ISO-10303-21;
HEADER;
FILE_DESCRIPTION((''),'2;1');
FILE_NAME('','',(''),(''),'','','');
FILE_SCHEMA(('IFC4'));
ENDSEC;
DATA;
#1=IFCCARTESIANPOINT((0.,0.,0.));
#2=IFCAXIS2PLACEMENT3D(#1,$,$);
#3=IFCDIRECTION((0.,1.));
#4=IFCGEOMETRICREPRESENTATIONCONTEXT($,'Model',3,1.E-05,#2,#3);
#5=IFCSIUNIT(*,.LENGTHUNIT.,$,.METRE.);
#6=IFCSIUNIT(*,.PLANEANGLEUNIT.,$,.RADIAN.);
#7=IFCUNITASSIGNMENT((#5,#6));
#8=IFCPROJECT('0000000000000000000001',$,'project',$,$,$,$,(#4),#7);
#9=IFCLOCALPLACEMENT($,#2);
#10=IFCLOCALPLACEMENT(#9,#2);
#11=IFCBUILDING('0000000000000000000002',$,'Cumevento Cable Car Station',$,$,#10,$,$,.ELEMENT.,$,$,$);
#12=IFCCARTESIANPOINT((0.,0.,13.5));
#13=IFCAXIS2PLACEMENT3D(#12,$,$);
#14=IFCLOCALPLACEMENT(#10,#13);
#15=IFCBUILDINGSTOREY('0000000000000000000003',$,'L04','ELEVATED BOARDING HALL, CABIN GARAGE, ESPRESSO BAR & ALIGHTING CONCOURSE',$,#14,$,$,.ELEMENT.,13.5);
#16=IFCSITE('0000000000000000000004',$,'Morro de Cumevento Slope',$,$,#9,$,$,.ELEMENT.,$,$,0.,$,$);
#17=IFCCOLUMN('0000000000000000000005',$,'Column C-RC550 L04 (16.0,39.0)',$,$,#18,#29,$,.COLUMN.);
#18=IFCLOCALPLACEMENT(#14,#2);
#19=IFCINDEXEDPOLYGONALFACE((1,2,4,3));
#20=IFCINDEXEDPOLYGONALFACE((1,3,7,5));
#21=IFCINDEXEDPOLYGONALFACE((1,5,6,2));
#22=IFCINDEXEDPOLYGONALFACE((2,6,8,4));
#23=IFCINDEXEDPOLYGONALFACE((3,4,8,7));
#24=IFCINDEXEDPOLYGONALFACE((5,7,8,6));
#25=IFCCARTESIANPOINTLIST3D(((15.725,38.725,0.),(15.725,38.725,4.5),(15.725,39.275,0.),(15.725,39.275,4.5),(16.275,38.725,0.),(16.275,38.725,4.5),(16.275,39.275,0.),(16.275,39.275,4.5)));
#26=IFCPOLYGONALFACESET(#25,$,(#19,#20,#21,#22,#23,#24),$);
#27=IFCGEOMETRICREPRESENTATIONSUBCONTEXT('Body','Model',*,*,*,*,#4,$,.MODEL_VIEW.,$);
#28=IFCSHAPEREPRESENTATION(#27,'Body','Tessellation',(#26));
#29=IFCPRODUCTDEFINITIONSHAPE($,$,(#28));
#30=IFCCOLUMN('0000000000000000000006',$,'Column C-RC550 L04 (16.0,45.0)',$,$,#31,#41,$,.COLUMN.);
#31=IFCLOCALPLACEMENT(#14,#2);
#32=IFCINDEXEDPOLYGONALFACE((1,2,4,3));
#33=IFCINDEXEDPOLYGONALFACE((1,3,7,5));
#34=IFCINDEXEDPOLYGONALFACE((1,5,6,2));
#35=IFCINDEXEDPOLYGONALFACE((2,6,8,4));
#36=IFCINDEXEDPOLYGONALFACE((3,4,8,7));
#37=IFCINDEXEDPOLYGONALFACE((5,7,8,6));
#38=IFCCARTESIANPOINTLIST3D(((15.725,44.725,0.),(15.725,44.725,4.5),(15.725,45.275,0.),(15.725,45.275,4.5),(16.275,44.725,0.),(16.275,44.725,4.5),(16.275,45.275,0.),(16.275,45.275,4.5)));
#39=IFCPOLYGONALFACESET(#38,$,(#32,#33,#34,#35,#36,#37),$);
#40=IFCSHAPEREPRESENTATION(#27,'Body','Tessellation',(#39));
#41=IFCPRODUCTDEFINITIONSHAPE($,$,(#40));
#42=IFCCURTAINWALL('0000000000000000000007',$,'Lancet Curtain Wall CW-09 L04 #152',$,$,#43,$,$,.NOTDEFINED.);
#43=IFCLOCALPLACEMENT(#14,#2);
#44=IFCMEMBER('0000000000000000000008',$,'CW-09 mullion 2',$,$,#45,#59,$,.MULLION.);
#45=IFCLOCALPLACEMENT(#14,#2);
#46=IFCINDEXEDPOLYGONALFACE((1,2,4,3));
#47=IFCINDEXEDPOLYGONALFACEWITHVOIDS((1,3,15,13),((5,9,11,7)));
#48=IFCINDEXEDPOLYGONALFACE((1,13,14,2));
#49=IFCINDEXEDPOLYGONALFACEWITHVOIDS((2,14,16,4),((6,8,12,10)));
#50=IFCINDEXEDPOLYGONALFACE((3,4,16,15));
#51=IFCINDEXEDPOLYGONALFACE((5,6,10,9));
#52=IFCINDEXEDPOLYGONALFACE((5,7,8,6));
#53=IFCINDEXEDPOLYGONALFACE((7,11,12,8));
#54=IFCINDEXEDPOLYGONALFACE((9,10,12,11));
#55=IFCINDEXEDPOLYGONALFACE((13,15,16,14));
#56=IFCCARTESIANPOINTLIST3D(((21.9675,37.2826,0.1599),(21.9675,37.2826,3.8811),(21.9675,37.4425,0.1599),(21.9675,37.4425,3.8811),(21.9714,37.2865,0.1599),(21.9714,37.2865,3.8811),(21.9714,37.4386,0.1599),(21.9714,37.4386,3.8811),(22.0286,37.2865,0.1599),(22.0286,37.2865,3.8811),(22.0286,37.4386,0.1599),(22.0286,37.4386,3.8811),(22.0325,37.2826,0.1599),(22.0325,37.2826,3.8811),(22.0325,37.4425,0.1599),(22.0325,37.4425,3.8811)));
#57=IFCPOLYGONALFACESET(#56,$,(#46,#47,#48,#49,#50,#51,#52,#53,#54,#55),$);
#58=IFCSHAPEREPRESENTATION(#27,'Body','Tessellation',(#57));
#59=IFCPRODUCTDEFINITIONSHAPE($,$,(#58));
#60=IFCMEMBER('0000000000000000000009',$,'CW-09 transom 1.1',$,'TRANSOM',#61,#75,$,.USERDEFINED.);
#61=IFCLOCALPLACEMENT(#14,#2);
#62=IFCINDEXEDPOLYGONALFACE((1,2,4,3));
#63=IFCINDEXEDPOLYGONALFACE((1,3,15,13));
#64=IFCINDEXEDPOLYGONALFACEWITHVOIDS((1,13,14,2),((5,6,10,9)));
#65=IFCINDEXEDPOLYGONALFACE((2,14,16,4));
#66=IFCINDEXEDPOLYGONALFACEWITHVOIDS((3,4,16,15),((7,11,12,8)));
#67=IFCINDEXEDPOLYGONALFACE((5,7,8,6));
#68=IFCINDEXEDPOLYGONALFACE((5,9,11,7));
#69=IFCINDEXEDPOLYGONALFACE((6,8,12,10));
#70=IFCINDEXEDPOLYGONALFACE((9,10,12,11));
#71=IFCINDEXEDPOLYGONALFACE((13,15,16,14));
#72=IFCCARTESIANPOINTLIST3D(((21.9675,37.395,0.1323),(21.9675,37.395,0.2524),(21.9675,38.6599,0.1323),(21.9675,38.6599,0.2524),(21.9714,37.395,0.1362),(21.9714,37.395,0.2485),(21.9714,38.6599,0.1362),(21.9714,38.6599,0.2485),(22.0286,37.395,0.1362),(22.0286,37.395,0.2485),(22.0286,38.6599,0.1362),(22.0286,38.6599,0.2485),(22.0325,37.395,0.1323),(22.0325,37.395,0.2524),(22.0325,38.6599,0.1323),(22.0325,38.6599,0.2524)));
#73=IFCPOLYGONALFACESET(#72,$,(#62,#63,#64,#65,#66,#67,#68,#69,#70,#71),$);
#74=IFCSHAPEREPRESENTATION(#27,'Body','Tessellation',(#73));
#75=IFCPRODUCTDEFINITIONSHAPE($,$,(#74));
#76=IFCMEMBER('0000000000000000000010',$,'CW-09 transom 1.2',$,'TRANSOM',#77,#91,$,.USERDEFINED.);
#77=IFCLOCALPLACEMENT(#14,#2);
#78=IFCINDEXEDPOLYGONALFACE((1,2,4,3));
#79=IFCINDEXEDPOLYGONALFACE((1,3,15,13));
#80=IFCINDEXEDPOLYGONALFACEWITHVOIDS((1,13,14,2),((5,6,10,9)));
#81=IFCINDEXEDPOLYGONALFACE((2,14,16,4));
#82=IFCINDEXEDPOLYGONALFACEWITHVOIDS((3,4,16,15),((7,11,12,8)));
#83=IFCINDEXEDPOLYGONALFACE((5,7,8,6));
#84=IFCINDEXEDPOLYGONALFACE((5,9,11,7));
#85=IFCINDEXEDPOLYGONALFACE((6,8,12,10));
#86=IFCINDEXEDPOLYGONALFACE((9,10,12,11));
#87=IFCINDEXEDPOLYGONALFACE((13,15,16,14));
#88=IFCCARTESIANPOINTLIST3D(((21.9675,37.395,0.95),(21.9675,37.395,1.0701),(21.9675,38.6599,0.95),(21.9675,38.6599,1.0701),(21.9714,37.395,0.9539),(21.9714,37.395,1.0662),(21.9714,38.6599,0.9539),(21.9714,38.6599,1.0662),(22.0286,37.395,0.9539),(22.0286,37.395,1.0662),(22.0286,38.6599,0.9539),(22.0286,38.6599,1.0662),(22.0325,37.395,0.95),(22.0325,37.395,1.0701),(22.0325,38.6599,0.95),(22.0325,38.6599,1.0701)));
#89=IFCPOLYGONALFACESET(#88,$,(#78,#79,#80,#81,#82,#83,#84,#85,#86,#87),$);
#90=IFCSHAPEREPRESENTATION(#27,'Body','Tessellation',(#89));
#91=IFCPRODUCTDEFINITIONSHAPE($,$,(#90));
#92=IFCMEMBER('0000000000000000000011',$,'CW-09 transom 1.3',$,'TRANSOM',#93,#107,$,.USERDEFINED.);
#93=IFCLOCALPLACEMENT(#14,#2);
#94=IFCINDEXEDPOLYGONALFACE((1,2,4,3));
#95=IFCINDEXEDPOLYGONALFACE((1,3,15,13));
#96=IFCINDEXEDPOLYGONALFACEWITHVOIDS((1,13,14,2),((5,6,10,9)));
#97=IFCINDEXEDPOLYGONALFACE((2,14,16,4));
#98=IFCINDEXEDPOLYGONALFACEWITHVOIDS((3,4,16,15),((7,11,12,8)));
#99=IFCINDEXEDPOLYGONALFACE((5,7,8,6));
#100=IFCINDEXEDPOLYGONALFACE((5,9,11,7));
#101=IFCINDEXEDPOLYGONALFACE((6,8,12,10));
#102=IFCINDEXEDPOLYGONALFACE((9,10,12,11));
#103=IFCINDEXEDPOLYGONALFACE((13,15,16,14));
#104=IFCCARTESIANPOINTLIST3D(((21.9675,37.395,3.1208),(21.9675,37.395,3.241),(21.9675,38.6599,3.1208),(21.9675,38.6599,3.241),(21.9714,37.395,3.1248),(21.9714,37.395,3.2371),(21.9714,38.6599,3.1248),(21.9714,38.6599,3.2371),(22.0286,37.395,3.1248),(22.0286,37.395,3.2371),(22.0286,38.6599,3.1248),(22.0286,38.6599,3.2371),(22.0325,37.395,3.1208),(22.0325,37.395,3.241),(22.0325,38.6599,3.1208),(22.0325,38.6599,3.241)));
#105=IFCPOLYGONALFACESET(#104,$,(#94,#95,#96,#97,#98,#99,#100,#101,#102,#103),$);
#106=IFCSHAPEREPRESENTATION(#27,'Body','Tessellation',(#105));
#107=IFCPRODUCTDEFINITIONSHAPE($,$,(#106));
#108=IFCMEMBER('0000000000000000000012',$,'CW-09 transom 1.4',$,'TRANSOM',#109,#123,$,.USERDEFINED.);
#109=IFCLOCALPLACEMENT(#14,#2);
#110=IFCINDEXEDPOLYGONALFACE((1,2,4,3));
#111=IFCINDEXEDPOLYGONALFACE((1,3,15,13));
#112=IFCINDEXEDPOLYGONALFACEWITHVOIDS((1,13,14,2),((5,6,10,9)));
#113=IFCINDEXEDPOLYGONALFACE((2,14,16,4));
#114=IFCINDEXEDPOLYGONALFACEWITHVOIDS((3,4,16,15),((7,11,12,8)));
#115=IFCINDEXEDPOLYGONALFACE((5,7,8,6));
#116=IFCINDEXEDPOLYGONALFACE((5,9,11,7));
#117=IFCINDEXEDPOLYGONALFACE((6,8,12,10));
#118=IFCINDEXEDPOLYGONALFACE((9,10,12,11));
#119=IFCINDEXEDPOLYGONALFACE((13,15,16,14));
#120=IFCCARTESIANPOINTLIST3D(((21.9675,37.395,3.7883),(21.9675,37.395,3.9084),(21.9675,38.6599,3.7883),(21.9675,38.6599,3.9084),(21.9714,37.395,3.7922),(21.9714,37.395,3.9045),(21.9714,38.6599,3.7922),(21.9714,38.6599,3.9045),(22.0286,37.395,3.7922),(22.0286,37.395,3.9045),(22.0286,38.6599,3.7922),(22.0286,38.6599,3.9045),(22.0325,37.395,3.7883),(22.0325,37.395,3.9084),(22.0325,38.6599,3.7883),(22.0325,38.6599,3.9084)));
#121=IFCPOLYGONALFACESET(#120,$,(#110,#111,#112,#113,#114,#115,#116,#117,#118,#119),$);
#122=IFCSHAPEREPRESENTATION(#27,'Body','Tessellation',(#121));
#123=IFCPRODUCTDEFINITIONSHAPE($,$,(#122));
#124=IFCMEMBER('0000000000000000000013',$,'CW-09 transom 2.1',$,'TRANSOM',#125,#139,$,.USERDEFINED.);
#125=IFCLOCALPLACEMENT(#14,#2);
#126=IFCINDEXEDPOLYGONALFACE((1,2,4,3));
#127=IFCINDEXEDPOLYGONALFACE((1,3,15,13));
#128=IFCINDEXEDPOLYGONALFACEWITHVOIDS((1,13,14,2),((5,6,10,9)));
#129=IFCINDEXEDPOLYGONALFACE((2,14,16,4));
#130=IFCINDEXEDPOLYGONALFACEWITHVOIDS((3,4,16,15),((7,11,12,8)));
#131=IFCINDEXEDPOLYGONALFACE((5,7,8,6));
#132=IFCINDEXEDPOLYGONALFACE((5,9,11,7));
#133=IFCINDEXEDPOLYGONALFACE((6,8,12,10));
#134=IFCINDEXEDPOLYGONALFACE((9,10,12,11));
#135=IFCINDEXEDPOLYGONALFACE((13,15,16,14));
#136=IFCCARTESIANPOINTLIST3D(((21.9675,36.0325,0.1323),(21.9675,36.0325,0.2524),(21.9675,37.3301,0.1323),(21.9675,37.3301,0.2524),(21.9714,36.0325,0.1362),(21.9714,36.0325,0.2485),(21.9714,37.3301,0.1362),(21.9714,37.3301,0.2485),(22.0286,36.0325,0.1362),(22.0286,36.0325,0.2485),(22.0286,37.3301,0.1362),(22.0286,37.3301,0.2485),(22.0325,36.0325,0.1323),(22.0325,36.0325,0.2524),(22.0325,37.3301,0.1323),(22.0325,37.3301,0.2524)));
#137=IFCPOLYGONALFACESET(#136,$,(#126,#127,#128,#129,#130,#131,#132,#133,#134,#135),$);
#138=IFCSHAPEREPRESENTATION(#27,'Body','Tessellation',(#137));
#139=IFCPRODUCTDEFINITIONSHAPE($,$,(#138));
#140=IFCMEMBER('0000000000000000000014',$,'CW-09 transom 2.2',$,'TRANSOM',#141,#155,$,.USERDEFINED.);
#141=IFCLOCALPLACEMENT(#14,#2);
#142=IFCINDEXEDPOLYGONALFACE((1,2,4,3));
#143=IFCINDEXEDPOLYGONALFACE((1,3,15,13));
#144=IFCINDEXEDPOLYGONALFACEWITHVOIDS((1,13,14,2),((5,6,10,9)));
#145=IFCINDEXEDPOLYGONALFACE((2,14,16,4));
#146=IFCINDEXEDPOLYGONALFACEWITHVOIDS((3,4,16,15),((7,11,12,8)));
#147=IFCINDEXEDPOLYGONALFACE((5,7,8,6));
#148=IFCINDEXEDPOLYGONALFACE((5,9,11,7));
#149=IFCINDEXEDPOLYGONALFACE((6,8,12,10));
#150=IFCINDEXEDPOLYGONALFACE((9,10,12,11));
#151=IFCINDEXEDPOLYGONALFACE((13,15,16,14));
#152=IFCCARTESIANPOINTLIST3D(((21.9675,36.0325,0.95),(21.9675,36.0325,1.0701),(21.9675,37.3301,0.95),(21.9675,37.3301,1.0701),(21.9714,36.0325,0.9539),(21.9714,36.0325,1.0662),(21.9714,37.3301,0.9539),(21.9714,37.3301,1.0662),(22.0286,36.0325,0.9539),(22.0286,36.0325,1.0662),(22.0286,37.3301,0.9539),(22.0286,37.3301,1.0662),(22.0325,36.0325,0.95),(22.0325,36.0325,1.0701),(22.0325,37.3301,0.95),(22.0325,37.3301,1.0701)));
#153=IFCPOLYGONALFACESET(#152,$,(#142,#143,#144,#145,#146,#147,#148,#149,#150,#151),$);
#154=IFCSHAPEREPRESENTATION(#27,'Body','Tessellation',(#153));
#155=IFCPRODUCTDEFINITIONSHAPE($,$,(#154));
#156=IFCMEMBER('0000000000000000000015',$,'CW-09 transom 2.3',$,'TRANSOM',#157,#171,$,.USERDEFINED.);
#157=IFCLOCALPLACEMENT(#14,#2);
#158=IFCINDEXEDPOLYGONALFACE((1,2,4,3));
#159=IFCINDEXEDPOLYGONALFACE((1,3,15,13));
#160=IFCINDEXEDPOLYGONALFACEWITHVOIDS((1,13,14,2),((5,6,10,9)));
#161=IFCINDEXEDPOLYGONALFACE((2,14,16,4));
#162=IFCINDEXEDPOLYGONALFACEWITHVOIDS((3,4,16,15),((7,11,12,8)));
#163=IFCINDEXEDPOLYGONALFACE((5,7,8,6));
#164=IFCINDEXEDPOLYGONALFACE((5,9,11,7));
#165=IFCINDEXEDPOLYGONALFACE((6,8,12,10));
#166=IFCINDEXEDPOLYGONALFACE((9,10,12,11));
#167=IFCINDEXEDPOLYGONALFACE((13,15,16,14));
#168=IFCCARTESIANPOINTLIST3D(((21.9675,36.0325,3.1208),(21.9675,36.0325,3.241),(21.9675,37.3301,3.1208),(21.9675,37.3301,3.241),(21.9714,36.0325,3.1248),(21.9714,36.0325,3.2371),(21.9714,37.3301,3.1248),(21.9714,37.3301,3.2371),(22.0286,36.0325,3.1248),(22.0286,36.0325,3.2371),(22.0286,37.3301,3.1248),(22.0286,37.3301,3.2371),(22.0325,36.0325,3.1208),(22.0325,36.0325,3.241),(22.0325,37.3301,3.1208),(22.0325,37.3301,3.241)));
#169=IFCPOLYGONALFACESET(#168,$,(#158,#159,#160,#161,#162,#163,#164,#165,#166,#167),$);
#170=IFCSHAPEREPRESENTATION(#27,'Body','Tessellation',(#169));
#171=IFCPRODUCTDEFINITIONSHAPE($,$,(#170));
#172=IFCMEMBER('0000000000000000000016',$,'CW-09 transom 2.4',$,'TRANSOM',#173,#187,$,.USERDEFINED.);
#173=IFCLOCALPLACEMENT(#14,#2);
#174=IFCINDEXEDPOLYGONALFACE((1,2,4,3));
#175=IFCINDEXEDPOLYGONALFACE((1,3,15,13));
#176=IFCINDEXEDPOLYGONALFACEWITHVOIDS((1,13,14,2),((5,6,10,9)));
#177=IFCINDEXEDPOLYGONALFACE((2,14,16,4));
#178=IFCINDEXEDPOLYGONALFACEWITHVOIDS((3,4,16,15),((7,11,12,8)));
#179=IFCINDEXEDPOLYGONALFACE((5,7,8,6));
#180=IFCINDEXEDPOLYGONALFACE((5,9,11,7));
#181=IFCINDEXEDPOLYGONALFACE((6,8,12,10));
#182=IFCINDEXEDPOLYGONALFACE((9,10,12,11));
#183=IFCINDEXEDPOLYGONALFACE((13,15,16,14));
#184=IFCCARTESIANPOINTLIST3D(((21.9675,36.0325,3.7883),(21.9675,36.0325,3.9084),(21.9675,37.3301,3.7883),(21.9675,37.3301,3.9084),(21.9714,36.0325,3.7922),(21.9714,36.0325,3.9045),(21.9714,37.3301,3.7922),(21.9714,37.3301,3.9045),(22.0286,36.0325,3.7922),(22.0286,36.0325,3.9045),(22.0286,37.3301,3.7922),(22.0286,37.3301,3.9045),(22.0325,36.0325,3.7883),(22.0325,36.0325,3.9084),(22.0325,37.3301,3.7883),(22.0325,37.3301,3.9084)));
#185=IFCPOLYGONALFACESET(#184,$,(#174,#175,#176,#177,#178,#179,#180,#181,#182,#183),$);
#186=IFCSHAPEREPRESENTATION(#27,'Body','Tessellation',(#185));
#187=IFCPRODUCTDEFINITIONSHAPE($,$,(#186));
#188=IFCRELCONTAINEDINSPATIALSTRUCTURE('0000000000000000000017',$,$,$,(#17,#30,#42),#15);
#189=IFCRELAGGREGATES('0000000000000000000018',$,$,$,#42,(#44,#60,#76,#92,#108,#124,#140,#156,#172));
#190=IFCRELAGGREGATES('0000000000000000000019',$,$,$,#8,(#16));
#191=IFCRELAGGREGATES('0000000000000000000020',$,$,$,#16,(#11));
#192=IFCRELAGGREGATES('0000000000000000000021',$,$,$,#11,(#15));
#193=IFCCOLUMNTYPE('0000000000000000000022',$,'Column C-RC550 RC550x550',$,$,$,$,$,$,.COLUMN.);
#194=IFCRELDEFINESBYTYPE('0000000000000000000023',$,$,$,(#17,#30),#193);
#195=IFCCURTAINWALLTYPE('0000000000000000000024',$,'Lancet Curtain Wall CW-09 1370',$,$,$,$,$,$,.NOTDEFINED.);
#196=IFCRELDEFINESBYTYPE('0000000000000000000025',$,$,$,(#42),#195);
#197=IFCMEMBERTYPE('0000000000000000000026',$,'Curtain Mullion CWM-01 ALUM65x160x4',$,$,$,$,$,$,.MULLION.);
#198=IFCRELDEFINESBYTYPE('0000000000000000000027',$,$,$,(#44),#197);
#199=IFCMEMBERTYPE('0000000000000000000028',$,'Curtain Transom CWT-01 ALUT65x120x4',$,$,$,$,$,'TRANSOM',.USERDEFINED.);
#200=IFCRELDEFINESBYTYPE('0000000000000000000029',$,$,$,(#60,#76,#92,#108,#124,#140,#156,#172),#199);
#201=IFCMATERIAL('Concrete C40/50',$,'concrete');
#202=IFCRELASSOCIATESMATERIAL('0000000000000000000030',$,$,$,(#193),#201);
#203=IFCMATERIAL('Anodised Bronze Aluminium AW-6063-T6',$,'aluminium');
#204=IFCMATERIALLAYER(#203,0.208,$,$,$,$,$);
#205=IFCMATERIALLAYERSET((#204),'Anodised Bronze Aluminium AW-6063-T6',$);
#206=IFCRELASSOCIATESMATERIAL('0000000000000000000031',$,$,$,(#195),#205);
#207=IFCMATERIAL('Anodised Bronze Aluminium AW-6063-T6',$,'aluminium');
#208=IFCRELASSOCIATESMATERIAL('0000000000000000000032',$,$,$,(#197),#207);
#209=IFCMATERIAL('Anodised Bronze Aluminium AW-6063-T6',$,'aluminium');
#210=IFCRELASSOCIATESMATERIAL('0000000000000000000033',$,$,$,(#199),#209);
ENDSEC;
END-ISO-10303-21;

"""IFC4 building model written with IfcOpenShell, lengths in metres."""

from ifc_helpers import new_model, si_unit, direction, frame, origin, origin_2d, place, context, subcontext, project, spatial, rectangle, hollow_rectangle, extrude, material, layer, layer_set, material_profile, profile_set, type_object, element, aggregate, save


model = new_model("IFC4")

# Units and contexts
model_context = context("Model", 3, precision=1e-05, world=origin(), true_north=direction((0.0, 1.0)))
body_context = subcontext(model_context, "Body", "Model", "MODEL_VIEW")
ifc_project = project(units=[si_unit("LENGTHUNIT", "METRE"), si_unit("PLANEANGLEUNIT", "RADIAN")], contexts=[model_context])

# Site, building, storey
site_placement = place(None, origin())
site = spatial("IfcSite", under=ifc_project, at=site_placement, Name="Morro de Cumevento Slope", CompositionType="ELEMENT", RefElevation=0.0)
building_placement = place(site_placement, origin())
building = spatial("IfcBuilding", under=site, at=building_placement, Name="Cumevento Cable Car Station", CompositionType="ELEMENT")
storey_placement = place(building_placement, frame((0.0, 0.0, 13.5)))
storey = spatial("IfcBuildingStorey", under=building, at=storey_placement, Name="L04", Description="ELEVATED BOARDING HALL, CABIN GARAGE, ESPRESSO BAR & ALIGHTING CONCOURSE", CompositionType="ELEMENT", Elevation=13.5)

# Columns
ifc_material_1 = material(Name="Concrete C40/50", Category="concrete")
ifc_material_profile_1 = material_profile(ifc_material_1, rectangle(XDim=0.55, YDim=0.55, at=origin_2d()), Name="RC550x550")
ifc_profile_set_1 = profile_set([ifc_material_profile_1], Name="Concrete C40/50")
column_type = type_object("IfcColumnType", Name="Column C-RC550 RC550x550", PredefinedType="COLUMN", material=ifc_profile_set_1)
for number, where, z_axis, x_axis, name in (
    (1, (16.0, 39.0, 0.0), (0.0, 0.0, 1.0), (1.0, 0.0, 0.0), "Column C-RC550 L04 (16.0,39.0)"),
    (2, (16.0, 45.0, 0.0), (0.0, 0.0, 1.0), (1.0, 0.0, 0.0), "Column C-RC550 L04 (16.0,45.0)"),
):
    element("IfcColumn", number, at=place(storey_placement, frame(where, z_axis=z_axis, x_axis=x_axis)), inside=storey, type_object=column_type, Name=name, PredefinedType="COLUMN", context=body_context, shape_type="SweptSolid", body=[
        extrude(rectangle(XDim=0.55, YDim=0.55, at=origin_2d()), origin(), (0.0, 0.0, 1.0), 4.5),
    ])

# Curtain wall, members
ifc_material_2 = material(Name="Anodised Bronze Aluminium AW-6063-T6", Category="aluminium")
ifc_layer_1 = layer(ifc_material_2, 0.208)
ifc_layer_set_1 = layer_set([ifc_layer_1], Name="Anodised Bronze Aluminium AW-6063-T6")
curtain_wall_type = type_object("IfcCurtainWallType", Name="Lancet Curtain Wall CW-09 1370", PredefinedType="NOTDEFINED", material=ifc_layer_set_1)
curtain_wall_placement = place(storey_placement, origin())
curtain_wall = element("IfcCurtainWall", 3, at=curtain_wall_placement, inside=storey, type_object=curtain_wall_type, Name="Lancet Curtain Wall CW-09 L04 #152", PredefinedType="NOTDEFINED")
ifc_material_3 = material(Name="Anodised Bronze Aluminium AW-6063-T6", Category="aluminium")
ifc_material_profile_2 = material_profile(ifc_material_3, hollow_rectangle(XDim=0.0649, YDim=0.1599, WallThickness=0.0039, at=origin_2d()), Name="ALUM65x160x4")
ifc_profile_set_2 = profile_set([ifc_material_profile_2], Name="Anodised Bronze Aluminium AW-6063-T6")
member_type_1 = type_object("IfcMemberType", Name="Curtain Mullion CWM-01 ALUM65x160x4", PredefinedType="MULLION", material=ifc_profile_set_2)
member_1_placement = place(storey_placement, frame((22.0, 37.3625, 0.1599), z_axis=(0.0, 0.0, 1.0), x_axis=(1.0, 0.0, 0.0)))
member_1 = element("IfcMember", 4, at=member_1_placement, type_object=member_type_1, Name="CW-09 mullion 2", PredefinedType="MULLION", context=body_context, shape_type="SweptSolid", body=[
    extrude(hollow_rectangle(XDim=0.0649, YDim=0.1599, WallThickness=0.0039, at=origin_2d()), origin(), (0.0, 0.0, 1.0), 3.7212),
])
ifc_material_4 = material(Name="Anodised Bronze Aluminium AW-6063-T6", Category="aluminium")
ifc_material_profile_3 = material_profile(ifc_material_4, hollow_rectangle(XDim=0.0649, YDim=0.1201, WallThickness=0.0039, at=origin_2d()), Name="ALUT65x120x4")
ifc_profile_set_3 = profile_set([ifc_material_profile_3], Name="Anodised Bronze Aluminium AW-6063-T6")
member_type_2 = type_object("IfcMemberType", Name="Curtain Transom CWT-01 ALUT65x120x4", ElementType="TRANSOM", PredefinedType="USERDEFINED", material=ifc_profile_set_3)
member_2_placement = place(storey_placement, frame((22.0, 38.6599, 0.1924), z_axis=(0.0, -1.0, 0.0), x_axis=(1.0, 0.0, 0.0)))
member_2 = element("IfcMember", 5, at=member_2_placement, type_object=member_type_2, Name="CW-09 transom 1.1", ObjectType="TRANSOM", PredefinedType="USERDEFINED", context=body_context, shape_type="SweptSolid", body=[
    extrude(hollow_rectangle(XDim=0.0649, YDim=0.1201, WallThickness=0.0039, at=origin_2d()), origin(), (0.0, 0.0, 1.0), 1.2649),
])
member_3_placement = place(storey_placement, frame((22.0, 38.6599, 1.01), z_axis=(0.0, -1.0, 0.0), x_axis=(1.0, 0.0, 0.0)))
member_3 = element("IfcMember", 6, at=member_3_placement, type_object=member_type_2, Name="CW-09 transom 1.2", ObjectType="TRANSOM", PredefinedType="USERDEFINED", context=body_context, shape_type="SweptSolid", body=[
    extrude(hollow_rectangle(XDim=0.0649, YDim=0.1201, WallThickness=0.0039, at=origin_2d()), origin(), (0.0, 0.0, 1.0), 1.2649),
])
member_4_placement = place(storey_placement, frame((22.0, 38.6599, 3.1809), z_axis=(0.0, -1.0, 0.0), x_axis=(1.0, 0.0, 0.0)))
member_4 = element("IfcMember", 7, at=member_4_placement, type_object=member_type_2, Name="CW-09 transom 1.3", ObjectType="TRANSOM", PredefinedType="USERDEFINED", context=body_context, shape_type="SweptSolid", body=[
    extrude(hollow_rectangle(XDim=0.0649, YDim=0.1201, WallThickness=0.0039, at=origin_2d()), origin(), (0.0, 0.0, 1.0), 1.2649),
])
member_5_placement = place(storey_placement, frame((22.0, 38.6599, 3.8484), z_axis=(0.0, -1.0, 0.0), x_axis=(1.0, 0.0, 0.0)))
member_5 = element("IfcMember", 8, at=member_5_placement, type_object=member_type_2, Name="CW-09 transom 1.4", ObjectType="TRANSOM", PredefinedType="USERDEFINED", context=body_context, shape_type="SweptSolid", body=[
    extrude(hollow_rectangle(XDim=0.0649, YDim=0.1201, WallThickness=0.0039, at=origin_2d()), origin(), (0.0, 0.0, 1.0), 1.2649),
])
member_6_placement = place(storey_placement, frame((22.0, 37.3301, 0.1924), z_axis=(0.0, -1.0, 0.0), x_axis=(1.0, 0.0, 0.0)))
member_6 = element("IfcMember", 9, at=member_6_placement, type_object=member_type_2, Name="CW-09 transom 2.1", ObjectType="TRANSOM", PredefinedType="USERDEFINED", context=body_context, shape_type="SweptSolid", body=[
    extrude(hollow_rectangle(XDim=0.0649, YDim=0.1201, WallThickness=0.0039, at=origin_2d()), origin(), (0.0, 0.0, 1.0), 1.2976),
])
member_7_placement = place(storey_placement, frame((22.0, 37.3301, 1.01), z_axis=(0.0, -1.0, 0.0), x_axis=(1.0, 0.0, 0.0)))
member_7 = element("IfcMember", 10, at=member_7_placement, type_object=member_type_2, Name="CW-09 transom 2.2", ObjectType="TRANSOM", PredefinedType="USERDEFINED", context=body_context, shape_type="SweptSolid", body=[
    extrude(hollow_rectangle(XDim=0.0649, YDim=0.1201, WallThickness=0.0039, at=origin_2d()), origin(), (0.0, 0.0, 1.0), 1.2976),
])
member_8_placement = place(storey_placement, frame((22.0, 37.3301, 3.1809), z_axis=(0.0, -1.0, 0.0), x_axis=(1.0, 0.0, 0.0)))
member_8 = element("IfcMember", 11, at=member_8_placement, type_object=member_type_2, Name="CW-09 transom 2.3", ObjectType="TRANSOM", PredefinedType="USERDEFINED", context=body_context, shape_type="SweptSolid", body=[
    extrude(hollow_rectangle(XDim=0.0649, YDim=0.1201, WallThickness=0.0039, at=origin_2d()), origin(), (0.0, 0.0, 1.0), 1.2976),
])
member_9_placement = place(storey_placement, frame((22.0, 37.3301, 3.8484), z_axis=(0.0, -1.0, 0.0), x_axis=(1.0, 0.0, 0.0)))
member_9 = element("IfcMember", 12, at=member_9_placement, type_object=member_type_2, Name="CW-09 transom 2.4", ObjectType="TRANSOM", PredefinedType="USERDEFINED", context=body_context, shape_type="SweptSolid", body=[
    extrude(hollow_rectangle(XDim=0.0649, YDim=0.1201, WallThickness=0.0039, at=origin_2d()), origin(), (0.0, 0.0, 1.0), 1.2976),
])

aggregate(curtain_wall, [member_1, member_2, member_3, member_4, member_5, member_6, member_7, member_8, member_9])

save(model, "model.ifc")
